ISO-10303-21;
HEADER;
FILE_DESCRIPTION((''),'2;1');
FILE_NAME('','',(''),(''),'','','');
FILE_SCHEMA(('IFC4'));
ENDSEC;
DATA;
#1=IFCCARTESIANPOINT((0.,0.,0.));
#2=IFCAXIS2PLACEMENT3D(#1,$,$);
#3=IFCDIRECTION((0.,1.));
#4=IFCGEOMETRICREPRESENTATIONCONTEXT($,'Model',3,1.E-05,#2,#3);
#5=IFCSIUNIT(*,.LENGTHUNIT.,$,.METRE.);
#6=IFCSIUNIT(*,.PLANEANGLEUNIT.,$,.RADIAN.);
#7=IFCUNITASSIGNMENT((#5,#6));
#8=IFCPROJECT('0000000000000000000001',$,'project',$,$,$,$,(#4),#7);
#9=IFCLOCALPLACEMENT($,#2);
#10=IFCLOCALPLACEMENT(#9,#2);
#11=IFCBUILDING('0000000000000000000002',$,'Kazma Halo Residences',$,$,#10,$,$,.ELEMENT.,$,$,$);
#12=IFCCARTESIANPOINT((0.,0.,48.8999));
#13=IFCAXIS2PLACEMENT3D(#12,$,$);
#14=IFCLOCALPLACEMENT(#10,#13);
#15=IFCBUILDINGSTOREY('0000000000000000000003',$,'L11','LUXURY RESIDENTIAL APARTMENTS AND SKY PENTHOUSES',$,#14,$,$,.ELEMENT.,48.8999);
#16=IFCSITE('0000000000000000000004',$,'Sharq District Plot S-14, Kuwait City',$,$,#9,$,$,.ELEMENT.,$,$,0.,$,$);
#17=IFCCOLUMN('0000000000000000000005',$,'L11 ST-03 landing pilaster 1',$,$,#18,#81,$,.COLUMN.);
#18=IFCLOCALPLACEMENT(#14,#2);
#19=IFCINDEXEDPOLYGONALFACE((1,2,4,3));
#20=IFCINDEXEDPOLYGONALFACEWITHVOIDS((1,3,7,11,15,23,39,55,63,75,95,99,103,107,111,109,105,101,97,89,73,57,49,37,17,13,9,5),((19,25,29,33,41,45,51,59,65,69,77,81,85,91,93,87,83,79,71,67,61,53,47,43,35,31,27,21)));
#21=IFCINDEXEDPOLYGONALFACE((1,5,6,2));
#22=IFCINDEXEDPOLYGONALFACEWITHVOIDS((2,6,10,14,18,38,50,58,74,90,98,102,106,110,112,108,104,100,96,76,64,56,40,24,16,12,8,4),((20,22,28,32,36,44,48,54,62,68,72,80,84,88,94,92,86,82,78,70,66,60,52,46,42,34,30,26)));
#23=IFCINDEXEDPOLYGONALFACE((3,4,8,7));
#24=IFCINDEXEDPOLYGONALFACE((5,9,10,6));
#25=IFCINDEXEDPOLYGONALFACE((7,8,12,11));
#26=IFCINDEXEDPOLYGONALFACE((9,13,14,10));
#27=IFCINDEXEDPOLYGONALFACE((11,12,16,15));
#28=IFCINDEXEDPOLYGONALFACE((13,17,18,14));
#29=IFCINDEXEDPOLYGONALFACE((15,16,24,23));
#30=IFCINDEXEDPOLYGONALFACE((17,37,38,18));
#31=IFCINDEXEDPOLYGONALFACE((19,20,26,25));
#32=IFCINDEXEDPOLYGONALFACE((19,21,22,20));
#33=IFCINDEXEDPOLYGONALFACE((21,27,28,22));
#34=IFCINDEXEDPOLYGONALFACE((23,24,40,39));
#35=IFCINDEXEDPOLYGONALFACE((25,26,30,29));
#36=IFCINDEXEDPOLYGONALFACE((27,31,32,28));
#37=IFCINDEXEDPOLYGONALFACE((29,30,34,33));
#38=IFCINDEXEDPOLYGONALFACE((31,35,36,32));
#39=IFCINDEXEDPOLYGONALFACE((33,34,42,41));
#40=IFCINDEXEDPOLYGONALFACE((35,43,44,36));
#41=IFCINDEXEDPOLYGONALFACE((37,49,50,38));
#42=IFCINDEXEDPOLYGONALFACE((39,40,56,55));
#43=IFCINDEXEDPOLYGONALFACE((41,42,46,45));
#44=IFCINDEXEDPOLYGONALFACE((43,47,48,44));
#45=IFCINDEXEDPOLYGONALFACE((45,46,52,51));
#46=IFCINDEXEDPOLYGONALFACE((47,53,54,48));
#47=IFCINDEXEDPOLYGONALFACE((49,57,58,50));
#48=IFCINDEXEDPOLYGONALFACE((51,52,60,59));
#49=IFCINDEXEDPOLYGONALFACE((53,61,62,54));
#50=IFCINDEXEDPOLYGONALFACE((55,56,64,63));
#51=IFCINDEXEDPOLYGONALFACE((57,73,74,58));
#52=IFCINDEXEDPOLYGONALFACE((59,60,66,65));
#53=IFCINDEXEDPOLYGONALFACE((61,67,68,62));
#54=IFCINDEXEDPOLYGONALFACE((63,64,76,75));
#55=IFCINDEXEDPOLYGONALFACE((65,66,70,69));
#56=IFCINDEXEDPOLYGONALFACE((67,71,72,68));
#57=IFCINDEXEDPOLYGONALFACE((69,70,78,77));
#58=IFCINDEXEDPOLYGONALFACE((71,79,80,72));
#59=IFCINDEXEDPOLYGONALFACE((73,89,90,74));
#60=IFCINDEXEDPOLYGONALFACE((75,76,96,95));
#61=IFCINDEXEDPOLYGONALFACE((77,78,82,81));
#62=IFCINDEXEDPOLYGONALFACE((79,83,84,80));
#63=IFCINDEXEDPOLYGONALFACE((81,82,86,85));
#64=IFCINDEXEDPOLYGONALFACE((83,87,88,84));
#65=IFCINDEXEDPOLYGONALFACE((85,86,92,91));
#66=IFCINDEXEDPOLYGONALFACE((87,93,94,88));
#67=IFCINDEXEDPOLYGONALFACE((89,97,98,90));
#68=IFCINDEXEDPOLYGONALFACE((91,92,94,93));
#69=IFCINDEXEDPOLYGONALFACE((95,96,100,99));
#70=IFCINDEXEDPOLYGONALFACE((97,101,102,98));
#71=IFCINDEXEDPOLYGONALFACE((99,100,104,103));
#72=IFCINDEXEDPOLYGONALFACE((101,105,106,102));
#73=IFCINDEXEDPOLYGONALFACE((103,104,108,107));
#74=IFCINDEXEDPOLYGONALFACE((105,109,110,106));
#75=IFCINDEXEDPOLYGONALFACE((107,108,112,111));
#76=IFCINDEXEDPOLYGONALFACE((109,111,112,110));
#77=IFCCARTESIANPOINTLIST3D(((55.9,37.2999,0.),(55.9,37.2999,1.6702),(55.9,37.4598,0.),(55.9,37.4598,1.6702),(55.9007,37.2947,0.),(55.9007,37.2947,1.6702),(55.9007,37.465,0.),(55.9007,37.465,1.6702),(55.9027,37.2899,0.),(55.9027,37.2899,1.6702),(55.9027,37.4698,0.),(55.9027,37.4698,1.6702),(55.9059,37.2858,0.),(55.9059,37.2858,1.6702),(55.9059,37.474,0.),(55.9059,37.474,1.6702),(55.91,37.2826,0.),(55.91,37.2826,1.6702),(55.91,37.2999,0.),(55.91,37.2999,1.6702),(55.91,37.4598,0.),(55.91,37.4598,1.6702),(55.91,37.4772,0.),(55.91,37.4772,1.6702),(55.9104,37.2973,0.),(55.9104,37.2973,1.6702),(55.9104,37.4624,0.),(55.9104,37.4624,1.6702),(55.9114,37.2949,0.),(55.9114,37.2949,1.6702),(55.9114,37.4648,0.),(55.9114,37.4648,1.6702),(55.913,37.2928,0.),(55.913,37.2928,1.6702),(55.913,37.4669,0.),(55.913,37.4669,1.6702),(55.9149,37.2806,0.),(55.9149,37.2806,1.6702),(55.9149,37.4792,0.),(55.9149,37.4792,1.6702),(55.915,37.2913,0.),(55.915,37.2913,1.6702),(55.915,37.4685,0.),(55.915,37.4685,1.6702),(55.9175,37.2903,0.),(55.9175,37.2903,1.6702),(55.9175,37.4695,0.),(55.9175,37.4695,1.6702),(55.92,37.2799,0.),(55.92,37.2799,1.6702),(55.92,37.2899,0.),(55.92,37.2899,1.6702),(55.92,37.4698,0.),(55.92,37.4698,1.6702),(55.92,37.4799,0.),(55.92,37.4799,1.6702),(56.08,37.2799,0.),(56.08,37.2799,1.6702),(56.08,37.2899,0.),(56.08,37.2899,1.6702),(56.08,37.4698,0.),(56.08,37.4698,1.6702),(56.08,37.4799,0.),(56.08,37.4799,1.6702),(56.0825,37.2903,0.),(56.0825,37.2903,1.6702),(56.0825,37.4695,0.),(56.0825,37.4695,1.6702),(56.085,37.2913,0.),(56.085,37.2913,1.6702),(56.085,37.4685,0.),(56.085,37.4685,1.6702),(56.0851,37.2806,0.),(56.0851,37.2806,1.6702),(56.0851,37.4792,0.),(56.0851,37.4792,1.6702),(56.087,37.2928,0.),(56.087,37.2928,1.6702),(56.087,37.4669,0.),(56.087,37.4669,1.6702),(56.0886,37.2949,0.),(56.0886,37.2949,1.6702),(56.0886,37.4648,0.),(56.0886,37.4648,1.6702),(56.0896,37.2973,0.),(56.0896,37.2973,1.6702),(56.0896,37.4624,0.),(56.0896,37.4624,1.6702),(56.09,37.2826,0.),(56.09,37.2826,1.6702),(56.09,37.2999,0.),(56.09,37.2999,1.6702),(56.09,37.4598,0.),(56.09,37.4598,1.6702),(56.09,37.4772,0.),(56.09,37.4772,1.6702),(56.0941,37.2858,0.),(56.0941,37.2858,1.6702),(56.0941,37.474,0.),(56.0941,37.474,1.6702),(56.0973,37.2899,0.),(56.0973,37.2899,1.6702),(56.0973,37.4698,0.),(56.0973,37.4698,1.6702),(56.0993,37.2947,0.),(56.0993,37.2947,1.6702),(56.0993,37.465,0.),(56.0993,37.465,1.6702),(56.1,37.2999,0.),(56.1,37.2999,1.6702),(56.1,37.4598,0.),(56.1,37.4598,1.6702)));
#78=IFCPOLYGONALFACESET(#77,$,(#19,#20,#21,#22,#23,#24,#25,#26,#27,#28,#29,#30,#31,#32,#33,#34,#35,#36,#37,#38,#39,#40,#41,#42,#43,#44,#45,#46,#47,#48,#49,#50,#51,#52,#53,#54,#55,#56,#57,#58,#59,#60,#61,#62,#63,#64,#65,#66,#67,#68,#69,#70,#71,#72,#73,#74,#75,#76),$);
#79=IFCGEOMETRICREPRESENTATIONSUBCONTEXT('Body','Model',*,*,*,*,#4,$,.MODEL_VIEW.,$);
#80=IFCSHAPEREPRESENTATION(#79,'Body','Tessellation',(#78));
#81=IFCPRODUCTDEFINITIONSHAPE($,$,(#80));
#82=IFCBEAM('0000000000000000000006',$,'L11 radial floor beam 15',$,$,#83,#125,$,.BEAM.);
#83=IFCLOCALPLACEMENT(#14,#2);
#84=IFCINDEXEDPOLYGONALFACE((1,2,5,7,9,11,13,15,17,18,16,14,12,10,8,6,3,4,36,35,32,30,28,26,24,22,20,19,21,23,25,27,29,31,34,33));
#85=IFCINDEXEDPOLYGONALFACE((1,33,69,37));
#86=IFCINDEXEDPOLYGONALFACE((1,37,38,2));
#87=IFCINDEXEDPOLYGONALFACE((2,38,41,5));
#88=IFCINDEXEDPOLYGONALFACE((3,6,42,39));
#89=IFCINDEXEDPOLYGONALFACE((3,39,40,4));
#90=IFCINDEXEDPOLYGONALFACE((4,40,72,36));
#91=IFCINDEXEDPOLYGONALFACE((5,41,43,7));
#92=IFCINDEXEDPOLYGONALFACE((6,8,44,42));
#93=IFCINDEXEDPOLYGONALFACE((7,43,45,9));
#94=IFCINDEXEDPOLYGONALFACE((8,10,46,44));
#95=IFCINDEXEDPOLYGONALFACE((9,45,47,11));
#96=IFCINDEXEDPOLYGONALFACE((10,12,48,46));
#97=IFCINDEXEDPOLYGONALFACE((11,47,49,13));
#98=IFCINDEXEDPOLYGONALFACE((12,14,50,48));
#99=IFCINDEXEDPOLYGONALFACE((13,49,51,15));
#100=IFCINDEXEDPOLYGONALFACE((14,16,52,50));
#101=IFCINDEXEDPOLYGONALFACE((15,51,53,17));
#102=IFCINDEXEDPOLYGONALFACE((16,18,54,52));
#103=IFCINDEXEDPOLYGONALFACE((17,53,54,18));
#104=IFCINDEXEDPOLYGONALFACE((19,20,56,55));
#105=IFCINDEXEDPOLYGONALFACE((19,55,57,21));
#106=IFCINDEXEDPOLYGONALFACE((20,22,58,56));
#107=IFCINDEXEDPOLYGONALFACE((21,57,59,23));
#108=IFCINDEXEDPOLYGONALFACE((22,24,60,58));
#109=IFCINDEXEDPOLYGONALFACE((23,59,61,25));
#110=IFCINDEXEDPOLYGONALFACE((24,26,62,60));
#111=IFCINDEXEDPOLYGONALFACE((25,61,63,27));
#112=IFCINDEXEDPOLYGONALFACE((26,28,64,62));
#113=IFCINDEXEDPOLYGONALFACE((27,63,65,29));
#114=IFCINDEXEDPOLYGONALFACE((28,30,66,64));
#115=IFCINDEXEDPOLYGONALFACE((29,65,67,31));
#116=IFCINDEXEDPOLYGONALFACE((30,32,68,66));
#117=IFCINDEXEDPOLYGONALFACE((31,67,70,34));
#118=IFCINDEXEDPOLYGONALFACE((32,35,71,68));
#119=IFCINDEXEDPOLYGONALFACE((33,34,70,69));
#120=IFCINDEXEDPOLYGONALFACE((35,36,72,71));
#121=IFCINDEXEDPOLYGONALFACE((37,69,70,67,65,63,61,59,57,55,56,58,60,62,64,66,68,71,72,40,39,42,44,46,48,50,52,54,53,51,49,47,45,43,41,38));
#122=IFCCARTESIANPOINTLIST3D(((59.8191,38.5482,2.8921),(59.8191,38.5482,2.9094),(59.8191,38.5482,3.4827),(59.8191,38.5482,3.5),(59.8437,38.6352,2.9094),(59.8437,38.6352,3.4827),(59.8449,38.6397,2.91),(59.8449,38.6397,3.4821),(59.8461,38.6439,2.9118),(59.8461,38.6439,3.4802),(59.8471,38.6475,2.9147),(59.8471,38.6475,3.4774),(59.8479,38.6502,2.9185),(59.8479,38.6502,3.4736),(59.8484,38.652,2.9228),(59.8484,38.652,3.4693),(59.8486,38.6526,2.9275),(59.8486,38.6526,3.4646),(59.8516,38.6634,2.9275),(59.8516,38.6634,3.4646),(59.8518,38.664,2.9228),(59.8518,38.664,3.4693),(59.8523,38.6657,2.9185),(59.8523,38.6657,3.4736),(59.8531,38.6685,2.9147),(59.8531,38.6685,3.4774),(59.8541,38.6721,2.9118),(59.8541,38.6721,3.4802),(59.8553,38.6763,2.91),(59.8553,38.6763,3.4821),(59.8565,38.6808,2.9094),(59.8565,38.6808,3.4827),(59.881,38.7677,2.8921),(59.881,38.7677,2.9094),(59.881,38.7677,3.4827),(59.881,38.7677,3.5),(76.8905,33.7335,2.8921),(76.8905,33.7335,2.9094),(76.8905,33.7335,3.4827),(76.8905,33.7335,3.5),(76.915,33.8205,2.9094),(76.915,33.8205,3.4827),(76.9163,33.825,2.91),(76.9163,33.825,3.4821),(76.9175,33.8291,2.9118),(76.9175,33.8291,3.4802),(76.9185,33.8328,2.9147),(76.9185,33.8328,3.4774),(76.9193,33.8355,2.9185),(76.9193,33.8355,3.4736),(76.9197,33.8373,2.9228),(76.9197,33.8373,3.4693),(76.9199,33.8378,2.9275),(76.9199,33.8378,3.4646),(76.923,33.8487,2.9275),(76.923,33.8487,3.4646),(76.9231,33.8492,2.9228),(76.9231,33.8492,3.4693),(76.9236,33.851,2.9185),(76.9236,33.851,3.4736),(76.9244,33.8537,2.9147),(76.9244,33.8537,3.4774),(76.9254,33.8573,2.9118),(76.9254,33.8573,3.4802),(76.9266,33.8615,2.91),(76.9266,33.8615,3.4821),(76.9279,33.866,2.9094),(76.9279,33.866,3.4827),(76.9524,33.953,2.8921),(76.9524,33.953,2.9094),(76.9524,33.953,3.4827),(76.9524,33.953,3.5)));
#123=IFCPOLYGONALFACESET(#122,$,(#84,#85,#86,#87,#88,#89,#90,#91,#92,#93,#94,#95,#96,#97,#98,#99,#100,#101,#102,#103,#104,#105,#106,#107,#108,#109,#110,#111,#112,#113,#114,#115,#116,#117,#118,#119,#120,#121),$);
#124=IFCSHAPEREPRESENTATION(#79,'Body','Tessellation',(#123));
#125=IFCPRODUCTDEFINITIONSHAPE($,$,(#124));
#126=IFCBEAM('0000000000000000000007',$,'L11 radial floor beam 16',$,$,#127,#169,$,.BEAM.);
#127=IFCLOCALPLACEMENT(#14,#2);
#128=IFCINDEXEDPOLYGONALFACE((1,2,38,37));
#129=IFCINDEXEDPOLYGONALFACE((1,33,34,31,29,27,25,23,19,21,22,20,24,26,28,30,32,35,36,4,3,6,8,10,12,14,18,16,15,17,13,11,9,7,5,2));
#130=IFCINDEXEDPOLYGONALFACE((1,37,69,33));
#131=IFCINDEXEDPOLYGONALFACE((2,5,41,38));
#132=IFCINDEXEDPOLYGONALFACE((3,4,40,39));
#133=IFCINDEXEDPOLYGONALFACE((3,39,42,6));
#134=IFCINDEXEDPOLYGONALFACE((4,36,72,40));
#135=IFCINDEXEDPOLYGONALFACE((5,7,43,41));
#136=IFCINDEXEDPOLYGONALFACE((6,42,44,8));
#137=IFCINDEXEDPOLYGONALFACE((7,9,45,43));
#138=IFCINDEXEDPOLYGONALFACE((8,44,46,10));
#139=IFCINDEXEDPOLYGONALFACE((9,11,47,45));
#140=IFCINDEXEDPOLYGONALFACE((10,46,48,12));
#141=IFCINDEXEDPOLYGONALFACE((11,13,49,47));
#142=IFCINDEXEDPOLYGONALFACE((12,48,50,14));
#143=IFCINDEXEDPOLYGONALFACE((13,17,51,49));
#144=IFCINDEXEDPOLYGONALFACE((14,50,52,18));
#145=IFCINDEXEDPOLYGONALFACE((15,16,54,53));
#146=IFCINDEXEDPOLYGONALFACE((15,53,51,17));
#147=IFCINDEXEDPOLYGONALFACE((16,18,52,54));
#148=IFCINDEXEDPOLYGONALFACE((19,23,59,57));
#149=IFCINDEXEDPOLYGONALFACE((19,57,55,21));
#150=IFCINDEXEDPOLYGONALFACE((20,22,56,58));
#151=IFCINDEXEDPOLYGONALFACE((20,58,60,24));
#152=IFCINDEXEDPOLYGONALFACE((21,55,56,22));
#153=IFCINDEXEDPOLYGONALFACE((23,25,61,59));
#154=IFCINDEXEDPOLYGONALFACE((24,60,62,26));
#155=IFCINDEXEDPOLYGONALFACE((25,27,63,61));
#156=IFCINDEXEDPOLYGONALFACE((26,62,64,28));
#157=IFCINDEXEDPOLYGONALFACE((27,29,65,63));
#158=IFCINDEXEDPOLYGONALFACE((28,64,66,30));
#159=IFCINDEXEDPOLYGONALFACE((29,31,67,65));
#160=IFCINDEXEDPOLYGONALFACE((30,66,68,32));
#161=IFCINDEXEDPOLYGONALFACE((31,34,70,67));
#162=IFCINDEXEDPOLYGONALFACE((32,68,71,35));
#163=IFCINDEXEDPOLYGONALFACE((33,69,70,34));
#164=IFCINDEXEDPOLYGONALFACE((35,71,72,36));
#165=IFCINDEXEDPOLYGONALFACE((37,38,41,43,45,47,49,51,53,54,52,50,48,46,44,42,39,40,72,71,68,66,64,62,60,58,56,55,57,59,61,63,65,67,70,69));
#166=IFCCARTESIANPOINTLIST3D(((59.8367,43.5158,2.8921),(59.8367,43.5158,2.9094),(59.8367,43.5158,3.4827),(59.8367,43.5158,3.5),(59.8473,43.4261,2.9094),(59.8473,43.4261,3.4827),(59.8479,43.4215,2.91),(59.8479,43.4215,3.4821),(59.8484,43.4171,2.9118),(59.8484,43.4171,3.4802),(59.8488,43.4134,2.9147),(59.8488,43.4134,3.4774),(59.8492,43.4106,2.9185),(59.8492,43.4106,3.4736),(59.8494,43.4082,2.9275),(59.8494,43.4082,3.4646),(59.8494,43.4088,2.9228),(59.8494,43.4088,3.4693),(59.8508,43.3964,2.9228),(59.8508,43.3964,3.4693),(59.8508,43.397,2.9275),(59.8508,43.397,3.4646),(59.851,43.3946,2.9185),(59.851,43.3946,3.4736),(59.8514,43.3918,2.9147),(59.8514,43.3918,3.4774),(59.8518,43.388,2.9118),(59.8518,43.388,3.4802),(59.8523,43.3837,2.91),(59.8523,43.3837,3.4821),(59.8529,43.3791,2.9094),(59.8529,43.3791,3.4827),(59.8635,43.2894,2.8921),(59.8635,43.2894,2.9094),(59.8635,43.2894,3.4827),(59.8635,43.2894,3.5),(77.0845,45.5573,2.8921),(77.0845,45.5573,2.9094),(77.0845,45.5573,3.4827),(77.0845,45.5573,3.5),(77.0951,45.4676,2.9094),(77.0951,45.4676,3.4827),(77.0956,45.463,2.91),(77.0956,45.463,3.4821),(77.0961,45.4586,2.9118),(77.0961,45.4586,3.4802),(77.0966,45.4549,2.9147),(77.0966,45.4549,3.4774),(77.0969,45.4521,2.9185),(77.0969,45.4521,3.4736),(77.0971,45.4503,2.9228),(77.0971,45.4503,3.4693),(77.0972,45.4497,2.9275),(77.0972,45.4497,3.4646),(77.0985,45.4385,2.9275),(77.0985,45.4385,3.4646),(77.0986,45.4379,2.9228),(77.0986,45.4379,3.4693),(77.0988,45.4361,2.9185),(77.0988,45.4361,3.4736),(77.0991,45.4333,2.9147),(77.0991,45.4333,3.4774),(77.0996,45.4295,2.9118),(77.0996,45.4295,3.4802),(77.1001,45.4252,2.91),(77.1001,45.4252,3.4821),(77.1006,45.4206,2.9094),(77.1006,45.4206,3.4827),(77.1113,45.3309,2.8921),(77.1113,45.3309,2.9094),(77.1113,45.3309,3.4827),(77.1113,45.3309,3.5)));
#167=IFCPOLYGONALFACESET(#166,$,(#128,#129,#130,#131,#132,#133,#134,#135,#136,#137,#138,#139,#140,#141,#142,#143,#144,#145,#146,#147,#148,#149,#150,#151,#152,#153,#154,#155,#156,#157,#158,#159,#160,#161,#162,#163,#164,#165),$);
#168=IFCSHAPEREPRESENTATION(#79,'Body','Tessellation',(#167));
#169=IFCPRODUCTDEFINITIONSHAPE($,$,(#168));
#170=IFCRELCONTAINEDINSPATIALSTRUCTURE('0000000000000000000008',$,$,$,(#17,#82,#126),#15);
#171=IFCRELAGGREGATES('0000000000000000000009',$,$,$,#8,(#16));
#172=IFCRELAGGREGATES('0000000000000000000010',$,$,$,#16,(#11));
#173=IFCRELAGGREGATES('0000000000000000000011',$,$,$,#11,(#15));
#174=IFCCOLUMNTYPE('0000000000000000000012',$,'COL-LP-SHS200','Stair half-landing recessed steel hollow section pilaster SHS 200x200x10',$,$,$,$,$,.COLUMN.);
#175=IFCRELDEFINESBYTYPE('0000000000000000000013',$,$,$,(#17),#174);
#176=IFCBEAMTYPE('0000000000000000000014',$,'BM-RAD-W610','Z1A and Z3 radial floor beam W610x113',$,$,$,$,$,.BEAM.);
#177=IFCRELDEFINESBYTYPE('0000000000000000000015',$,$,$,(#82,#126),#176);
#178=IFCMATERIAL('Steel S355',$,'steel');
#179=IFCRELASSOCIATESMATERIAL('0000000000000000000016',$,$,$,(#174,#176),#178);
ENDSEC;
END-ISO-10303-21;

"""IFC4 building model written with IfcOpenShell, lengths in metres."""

from ifc_helpers import new_model, si_unit, direction, frame, origin, origin_2d, place, context, subcontext, project, spatial, hollow_rectangle, i_section, extrude, material, material_profile, profile_set, type_object, element, save


model = new_model("IFC4")

# Units and contexts
model_context = context("Model", 3, precision=1e-05, world=origin(), true_north=direction((0.0, 1.0)))
body_context = subcontext(model_context, "Body", "Model", "MODEL_VIEW")
ifc_project = project(units=[si_unit("LENGTHUNIT", "METRE"), si_unit("PLANEANGLEUNIT", "RADIAN")], contexts=[model_context])

# Site, building, storey
site_placement = place(None, origin())
site = spatial("IfcSite", under=ifc_project, at=site_placement, Name="Sharq District Plot S-14, Kuwait City", CompositionType="ELEMENT", RefElevation=0.0)
building_placement = place(site_placement, origin())
building = spatial("IfcBuilding", under=site, at=building_placement, Name="Kazma Halo Residences", CompositionType="ELEMENT")
storey_placement = place(building_placement, frame((0.0, 0.0, 48.8999)))
storey = spatial("IfcBuildingStorey", under=building, at=storey_placement, Name="L11", Description="LUXURY RESIDENTIAL APARTMENTS AND SKY PENTHOUSES", CompositionType="ELEMENT", Elevation=48.8999)

# Column
ifc_material_1 = material(Name="Steel S355", Category="steel")
ifc_material_profile_1 = material_profile(ifc_material_1, hollow_rectangle(XDim=0.2, YDim=0.2, WallThickness=0.01, InnerFilletRadius=0.01, OuterFilletRadius=0.02, at=origin_2d()), Name="SHS200x200x10")
ifc_profile_set_1 = profile_set([ifc_material_profile_1], Name="Steel S355")
column_type = type_object("IfcColumnType", Name="COL-LP-SHS200", Description="Stair half-landing recessed steel hollow section pilaster SHS 200x200x10", PredefinedType="COLUMN", material=ifc_profile_set_1)
column_placement = place(storey_placement, frame((56.0, 37.3799, 0.0), z_axis=(0.0, 0.0, 1.0), x_axis=(1.0, 0.0, 0.0)))
element("IfcColumn", 1, at=column_placement, inside=storey, type_object=column_type, Name="L11 ST-03 landing pilaster 1", PredefinedType="COLUMN", context=body_context, shape_type="SweptSolid", body=[
    extrude(hollow_rectangle(XDim=0.2, YDim=0.2, WallThickness=0.01, InnerFilletRadius=0.01, OuterFilletRadius=0.02, at=origin_2d()), origin(), (0.0, 0.0, 1.0), 1.6702),
])

# Beams
ifc_material_profile_2 = material_profile(ifc_material_1, i_section(OverallWidth=0.228, OverallDepth=0.6079, WebThickness=0.0112, FlangeThickness=0.0173, FilletRadius=0.0181, at=origin_2d()), Name="W610x113")
ifc_profile_set_2 = profile_set([ifc_material_profile_2], Name="Steel S355")
beam_type_1 = type_object("IfcBeamType", Name="BM-RAD-W610", Description="Z1A and Z3 radial floor beam W610x113", PredefinedType="BEAM", material=ifc_profile_set_2)
beam_1_placement = place(storey_placement, frame((59.8501, 38.658, 3.196), z_axis=(0.962454, -0.271445, 0.0), x_axis=(0.271445, 0.962454, 0.0)))
element("IfcBeam", 2, at=beam_1_placement, inside=storey, type_object=beam_type_1, Name="L11 radial floor beam 15", PredefinedType="BEAM", context=body_context, shape_type="SweptSolid", body=[
    extrude(i_section(OverallWidth=0.228, OverallDepth=0.6079, WebThickness=0.0112, FlangeThickness=0.0173, FilletRadius=0.0181, at=origin_2d()), origin(), (0.0, 0.0, 1.0), 17.7373),
])
beam_2_placement = place(storey_placement, frame((59.8501, 43.4026, 3.196), z_axis=(0.993068, 0.117543, 0.0), x_axis=(-0.117543, 0.993068, 0.0)))
element("IfcBeam", 3, at=beam_2_placement, inside=storey, type_object=beam_type_1, Name="L11 radial floor beam 16", PredefinedType="BEAM", context=body_context, shape_type="SweptSolid", body=[
    extrude(i_section(OverallWidth=0.228, OverallDepth=0.6079, WebThickness=0.0112, FlangeThickness=0.0173, FilletRadius=0.0181, at=origin_2d()), origin(), (0.0, 0.0, 1.0), 17.3682),
])

save(model, "model.ifc")
